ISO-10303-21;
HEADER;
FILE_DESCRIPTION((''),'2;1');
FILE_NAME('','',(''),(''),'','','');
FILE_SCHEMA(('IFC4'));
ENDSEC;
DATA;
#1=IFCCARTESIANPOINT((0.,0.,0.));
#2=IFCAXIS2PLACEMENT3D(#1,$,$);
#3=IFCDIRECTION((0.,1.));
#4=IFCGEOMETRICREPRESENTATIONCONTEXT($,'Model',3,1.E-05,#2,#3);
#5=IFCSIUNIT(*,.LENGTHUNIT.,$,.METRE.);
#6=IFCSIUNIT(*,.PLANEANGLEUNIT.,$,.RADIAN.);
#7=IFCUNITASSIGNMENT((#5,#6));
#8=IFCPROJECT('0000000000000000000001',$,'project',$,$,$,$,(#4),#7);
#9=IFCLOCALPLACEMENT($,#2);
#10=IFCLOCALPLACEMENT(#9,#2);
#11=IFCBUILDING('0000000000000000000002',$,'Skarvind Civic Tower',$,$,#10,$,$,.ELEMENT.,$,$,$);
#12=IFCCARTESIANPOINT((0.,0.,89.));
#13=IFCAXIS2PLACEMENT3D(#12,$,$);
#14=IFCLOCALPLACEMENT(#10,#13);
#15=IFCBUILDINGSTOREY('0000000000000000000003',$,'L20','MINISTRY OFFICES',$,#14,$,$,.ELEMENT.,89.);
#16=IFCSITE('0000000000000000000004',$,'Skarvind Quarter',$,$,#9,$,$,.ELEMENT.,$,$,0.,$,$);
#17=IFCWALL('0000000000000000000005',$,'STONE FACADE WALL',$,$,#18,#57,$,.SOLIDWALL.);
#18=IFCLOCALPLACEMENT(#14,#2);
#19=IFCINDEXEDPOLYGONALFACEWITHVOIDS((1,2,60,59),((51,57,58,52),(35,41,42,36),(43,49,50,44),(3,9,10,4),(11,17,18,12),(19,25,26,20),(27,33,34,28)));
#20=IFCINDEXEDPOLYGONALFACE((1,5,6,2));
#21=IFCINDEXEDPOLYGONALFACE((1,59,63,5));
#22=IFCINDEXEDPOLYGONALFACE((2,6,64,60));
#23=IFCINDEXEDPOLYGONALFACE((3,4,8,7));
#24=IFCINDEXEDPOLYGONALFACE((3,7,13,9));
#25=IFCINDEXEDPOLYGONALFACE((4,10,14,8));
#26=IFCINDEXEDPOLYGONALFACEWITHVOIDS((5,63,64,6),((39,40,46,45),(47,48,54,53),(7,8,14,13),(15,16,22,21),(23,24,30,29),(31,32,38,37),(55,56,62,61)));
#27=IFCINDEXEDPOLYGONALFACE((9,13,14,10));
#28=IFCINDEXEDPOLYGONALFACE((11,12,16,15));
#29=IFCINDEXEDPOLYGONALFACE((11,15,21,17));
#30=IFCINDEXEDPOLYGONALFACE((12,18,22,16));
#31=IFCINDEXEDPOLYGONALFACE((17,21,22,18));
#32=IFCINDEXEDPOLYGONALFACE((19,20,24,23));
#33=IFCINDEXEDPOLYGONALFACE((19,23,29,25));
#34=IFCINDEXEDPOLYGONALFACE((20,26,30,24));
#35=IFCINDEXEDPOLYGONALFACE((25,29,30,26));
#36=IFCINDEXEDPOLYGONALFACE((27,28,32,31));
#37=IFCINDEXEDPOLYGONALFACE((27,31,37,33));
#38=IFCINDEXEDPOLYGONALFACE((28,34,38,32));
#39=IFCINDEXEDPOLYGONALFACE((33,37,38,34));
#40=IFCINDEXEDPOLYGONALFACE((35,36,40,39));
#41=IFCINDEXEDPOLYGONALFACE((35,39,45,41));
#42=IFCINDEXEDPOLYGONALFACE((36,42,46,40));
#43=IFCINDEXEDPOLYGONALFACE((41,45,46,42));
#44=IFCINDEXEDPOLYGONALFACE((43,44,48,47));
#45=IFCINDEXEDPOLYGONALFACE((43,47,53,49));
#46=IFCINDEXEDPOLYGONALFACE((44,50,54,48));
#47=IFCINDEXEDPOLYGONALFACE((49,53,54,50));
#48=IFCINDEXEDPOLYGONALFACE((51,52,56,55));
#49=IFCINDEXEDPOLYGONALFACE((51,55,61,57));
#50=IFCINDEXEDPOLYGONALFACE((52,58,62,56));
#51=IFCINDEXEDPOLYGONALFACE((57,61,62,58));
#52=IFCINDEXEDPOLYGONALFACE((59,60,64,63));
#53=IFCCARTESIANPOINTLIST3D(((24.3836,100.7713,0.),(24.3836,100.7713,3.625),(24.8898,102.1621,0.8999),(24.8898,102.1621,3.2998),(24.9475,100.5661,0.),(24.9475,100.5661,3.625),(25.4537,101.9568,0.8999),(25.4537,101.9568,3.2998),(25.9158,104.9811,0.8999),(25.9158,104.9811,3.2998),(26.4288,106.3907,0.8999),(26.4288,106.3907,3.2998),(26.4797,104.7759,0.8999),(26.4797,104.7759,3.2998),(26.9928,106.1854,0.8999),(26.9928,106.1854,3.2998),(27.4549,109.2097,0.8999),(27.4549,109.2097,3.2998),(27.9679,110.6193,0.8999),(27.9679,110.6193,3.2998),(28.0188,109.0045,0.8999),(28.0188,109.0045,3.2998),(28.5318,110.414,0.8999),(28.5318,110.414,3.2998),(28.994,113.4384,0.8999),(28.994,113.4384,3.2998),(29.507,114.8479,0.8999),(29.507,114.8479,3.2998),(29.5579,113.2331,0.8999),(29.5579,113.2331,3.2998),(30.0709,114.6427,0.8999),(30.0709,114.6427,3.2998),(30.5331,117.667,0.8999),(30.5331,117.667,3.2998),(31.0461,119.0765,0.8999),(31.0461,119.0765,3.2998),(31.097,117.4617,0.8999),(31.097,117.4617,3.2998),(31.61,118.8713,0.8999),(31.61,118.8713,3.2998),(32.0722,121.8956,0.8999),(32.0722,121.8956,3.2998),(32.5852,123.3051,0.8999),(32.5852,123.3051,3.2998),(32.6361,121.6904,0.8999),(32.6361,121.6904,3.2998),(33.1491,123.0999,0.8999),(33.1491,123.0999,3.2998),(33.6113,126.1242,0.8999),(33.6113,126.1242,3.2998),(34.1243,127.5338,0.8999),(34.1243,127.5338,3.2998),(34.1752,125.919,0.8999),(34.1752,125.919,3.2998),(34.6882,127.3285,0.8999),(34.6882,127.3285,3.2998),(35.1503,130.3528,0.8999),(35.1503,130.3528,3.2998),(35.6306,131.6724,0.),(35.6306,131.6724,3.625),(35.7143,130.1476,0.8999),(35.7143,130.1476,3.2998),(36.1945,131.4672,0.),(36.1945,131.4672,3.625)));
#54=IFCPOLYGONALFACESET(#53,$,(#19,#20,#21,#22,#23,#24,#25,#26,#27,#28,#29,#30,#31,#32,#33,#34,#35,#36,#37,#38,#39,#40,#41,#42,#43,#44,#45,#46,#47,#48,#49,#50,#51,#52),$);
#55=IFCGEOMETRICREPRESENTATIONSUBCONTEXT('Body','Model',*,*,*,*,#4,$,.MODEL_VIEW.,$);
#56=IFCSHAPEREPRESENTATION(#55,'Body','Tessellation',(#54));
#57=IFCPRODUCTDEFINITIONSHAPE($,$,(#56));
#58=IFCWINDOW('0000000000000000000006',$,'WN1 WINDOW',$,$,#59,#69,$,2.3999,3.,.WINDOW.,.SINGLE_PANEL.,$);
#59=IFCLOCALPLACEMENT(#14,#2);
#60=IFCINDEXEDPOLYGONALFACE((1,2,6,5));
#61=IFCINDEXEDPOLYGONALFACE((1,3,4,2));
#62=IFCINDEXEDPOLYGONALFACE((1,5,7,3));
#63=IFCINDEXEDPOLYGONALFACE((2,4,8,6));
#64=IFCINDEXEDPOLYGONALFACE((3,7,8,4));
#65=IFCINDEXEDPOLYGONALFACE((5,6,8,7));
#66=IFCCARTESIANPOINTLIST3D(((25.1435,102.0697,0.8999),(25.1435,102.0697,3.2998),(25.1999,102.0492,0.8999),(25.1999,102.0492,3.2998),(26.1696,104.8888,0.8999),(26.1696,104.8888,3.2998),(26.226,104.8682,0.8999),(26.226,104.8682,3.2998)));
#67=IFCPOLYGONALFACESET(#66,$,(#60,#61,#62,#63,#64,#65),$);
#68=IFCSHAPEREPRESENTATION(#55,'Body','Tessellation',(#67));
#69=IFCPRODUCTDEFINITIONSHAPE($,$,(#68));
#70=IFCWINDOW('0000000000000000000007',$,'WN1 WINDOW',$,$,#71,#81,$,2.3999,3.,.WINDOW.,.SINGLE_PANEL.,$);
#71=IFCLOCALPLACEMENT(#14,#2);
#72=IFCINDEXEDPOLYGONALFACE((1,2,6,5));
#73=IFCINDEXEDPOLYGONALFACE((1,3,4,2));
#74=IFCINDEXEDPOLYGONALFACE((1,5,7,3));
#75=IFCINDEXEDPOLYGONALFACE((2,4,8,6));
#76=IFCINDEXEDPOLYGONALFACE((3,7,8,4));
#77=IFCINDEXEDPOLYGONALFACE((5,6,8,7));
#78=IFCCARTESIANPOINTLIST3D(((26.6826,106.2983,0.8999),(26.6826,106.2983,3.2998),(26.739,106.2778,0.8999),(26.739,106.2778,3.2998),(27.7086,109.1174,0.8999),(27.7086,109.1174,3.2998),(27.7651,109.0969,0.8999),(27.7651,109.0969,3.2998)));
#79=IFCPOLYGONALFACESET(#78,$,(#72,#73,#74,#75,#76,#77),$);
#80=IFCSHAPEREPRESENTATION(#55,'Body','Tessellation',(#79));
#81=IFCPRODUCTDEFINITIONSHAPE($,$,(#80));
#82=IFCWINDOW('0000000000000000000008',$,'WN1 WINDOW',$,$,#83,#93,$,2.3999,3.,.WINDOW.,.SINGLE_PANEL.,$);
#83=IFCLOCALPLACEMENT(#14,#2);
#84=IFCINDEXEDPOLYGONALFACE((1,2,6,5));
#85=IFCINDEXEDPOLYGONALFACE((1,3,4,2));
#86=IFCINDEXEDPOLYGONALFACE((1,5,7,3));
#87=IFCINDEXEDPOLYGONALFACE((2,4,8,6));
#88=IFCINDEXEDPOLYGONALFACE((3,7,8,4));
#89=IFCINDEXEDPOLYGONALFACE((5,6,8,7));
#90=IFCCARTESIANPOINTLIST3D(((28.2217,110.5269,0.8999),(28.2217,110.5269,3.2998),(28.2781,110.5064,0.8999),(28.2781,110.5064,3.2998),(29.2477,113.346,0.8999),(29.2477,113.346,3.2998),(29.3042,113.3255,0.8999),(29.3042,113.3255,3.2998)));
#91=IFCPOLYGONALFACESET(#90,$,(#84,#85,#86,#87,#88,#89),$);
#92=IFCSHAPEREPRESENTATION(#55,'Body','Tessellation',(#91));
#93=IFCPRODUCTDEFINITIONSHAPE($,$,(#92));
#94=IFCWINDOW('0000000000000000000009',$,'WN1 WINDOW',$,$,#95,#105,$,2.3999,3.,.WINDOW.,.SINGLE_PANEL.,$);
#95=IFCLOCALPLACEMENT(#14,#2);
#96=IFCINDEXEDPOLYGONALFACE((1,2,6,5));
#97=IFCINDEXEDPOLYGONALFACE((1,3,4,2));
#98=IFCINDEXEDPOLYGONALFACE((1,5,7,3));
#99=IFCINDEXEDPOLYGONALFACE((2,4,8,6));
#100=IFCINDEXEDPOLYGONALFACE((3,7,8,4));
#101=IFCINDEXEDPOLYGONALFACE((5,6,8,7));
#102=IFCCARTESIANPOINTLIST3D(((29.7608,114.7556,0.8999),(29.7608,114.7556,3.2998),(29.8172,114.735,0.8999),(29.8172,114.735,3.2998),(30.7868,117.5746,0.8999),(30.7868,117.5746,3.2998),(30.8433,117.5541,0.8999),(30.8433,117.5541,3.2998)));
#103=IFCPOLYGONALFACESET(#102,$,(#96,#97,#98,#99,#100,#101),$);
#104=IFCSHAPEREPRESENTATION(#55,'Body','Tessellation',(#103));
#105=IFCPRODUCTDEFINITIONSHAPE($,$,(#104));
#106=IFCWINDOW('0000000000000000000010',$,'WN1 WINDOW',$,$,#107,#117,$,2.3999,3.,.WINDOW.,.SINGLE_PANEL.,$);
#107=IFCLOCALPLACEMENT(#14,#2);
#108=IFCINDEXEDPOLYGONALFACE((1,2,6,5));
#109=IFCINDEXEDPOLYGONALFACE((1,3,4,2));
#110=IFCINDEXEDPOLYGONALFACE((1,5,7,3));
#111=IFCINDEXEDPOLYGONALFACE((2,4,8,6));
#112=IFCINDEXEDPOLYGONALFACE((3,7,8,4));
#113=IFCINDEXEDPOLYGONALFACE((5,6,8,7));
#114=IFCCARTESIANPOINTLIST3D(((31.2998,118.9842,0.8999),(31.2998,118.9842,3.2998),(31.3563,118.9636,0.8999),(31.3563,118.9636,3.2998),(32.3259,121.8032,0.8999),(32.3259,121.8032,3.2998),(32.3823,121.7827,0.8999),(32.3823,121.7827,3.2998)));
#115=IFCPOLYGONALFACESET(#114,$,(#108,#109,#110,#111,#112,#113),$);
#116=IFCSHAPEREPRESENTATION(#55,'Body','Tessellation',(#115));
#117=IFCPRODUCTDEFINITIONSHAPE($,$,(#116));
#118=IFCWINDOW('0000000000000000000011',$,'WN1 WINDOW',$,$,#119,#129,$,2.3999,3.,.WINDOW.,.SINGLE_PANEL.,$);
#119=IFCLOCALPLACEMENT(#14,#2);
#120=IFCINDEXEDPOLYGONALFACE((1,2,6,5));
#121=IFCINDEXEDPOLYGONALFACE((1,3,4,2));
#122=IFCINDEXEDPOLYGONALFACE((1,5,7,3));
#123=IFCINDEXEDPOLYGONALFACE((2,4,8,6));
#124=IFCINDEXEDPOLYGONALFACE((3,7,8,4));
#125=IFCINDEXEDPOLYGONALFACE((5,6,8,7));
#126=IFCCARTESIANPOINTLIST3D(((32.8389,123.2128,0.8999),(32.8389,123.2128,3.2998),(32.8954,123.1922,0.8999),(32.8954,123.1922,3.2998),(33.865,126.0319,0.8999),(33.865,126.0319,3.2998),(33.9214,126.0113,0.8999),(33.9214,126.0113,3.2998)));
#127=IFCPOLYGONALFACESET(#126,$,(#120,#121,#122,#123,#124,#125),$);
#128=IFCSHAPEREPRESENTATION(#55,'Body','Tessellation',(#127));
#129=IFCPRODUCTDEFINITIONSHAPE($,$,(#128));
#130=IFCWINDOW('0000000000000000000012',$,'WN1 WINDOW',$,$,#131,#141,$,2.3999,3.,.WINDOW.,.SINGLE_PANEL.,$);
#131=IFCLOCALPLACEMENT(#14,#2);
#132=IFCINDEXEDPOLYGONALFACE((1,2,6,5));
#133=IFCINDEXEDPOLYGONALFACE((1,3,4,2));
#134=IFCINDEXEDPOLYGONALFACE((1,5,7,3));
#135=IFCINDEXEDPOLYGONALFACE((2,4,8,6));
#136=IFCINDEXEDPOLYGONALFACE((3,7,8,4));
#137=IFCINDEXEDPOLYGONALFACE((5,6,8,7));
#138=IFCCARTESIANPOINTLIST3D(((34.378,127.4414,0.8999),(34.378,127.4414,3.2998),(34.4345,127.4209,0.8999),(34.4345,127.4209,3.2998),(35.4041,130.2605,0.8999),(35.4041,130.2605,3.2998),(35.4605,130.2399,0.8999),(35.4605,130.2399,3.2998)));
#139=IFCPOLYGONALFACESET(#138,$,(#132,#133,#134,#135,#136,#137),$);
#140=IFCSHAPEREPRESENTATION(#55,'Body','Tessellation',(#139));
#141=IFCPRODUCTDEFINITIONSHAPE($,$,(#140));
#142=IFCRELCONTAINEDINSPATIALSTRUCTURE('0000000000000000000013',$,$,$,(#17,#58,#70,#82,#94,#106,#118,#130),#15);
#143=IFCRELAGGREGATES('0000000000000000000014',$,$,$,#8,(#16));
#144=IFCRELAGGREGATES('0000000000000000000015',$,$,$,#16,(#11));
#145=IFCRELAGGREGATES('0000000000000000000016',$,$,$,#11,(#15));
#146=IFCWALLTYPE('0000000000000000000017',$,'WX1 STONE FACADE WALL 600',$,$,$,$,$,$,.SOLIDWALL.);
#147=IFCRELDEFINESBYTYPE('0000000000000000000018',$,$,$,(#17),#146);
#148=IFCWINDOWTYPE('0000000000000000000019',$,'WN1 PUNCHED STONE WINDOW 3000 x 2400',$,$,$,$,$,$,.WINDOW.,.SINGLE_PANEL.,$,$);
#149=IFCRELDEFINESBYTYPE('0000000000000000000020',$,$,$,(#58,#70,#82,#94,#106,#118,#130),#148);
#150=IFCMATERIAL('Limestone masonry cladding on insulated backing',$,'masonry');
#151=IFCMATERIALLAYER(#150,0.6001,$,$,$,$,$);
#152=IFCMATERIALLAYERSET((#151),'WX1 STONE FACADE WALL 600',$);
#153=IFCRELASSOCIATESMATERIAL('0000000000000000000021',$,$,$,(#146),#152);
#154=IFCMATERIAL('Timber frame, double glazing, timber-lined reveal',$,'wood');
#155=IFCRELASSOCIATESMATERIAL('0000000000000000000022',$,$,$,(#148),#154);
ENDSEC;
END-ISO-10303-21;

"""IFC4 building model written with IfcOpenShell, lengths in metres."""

from ifc_helpers import new_model, si_unit, direction, frame, frame_2d, origin, place, context, subcontext, project, spatial, rectangle, extrude, material, layer, layer_set, type_object, element, fill, save


model = new_model("IFC4")

# Units and contexts
model_context = context("Model", 3, precision=1e-05, world=origin(), true_north=direction((0.0, 1.0)))
body_context = subcontext(model_context, "Body", "Model", "MODEL_VIEW")
ifc_project = project(units=[si_unit("LENGTHUNIT", "METRE"), si_unit("PLANEANGLEUNIT", "RADIAN")], contexts=[model_context])

# Site, building, storey
site_placement = place(None, origin())
site = spatial("IfcSite", under=ifc_project, at=site_placement, Name="Skarvind Quarter", CompositionType="ELEMENT", RefElevation=0.0)
building_placement = place(site_placement, origin())
building = spatial("IfcBuilding", under=site, at=building_placement, Name="Skarvind Civic Tower", CompositionType="ELEMENT")
storey_placement = place(building_placement, frame((0.0, 0.0, 89.0)))
storey = spatial("IfcBuildingStorey", under=building, at=storey_placement, Name="L20", Description="MINISTRY OFFICES", CompositionType="ELEMENT", Elevation=89.0)

# Wall, openings, windows
ifc_material_1 = material(Name="Limestone masonry cladding on insulated backing", Category="masonry")
ifc_layer_1 = layer(ifc_material_1, 0.6001)
ifc_layer_set_1 = layer_set([ifc_layer_1], Name="WX1 STONE FACADE WALL 600")
wall_type_1 = type_object("IfcWallType", Name="WX1 STONE FACADE WALL 600", PredefinedType="SOLIDWALL", material=ifc_layer_set_1)
wall_1_placement = place(storey_placement, frame((24.6655, 100.6687, 0.0), z_axis=(0.0, 0.0, 1.0), x_axis=(0.34202, 0.939693, 0.0)))
wall_1 = element("IfcWall", 1, at=wall_1_placement, inside=storey, type_object=wall_type_1, Name="STONE FACADE WALL", PredefinedType="SOLIDWALL", context=body_context, shape_type="SweptSolid", body=[
    extrude(rectangle(XDim=32.8843, YDim=0.6001, at=frame_2d((16.4421, 0.0))), origin(), (0.0, 0.0, 1.0), 3.625),
])
opening_1_placement = place(wall_1_placement, frame((1.48, 0.0, 0.8999)))
opening_1 = element("IfcOpeningElement", 2, at=opening_1_placement, cuts=wall_1, PredefinedType="OPENING", context=body_context, shape_type="SweptSolid", body=[
    extrude(rectangle(XDim=3.0, YDim=2.3999, at=frame_2d((1.5, 1.2))), frame((0.0, 0.3101, 0.0), z_axis=(0.0, -1.0, 0.0), x_axis=(1.0, 0.0, 0.0)), (0.0, 0.0, 1.0), 0.6201),
])
opening_2_placement = place(wall_1_placement, frame((5.98, 0.0, 0.8999)))
opening_2 = element("IfcOpeningElement", 3, at=opening_2_placement, cuts=wall_1, PredefinedType="OPENING", context=body_context, shape_type="SweptSolid", body=[
    extrude(rectangle(XDim=3.0, YDim=2.3999, at=frame_2d((1.5, 1.2))), frame((0.0, 0.3101, 0.0), z_axis=(0.0, -1.0, 0.0), x_axis=(1.0, 0.0, 0.0)), (0.0, 0.0, 1.0), 0.6201),
])
opening_3_placement = place(wall_1_placement, frame((10.48, 0.0, 0.8999)))
opening_3 = element("IfcOpeningElement", 4, at=opening_3_placement, cuts=wall_1, PredefinedType="OPENING", context=body_context, shape_type="SweptSolid", body=[
    extrude(rectangle(XDim=3.0, YDim=2.3999, at=frame_2d((1.5, 1.2))), frame((0.0, 0.3101, 0.0), z_axis=(0.0, -1.0, 0.0), x_axis=(1.0, 0.0, 0.0)), (0.0, 0.0, 1.0), 0.6201),
])
opening_4_placement = place(wall_1_placement, frame((14.98, 0.0, 0.8999)))
opening_4 = element("IfcOpeningElement", 5, at=opening_4_placement, cuts=wall_1, PredefinedType="OPENING", context=body_context, shape_type="SweptSolid", body=[
    extrude(rectangle(XDim=3.0, YDim=2.3999, at=frame_2d((1.5, 1.2))), frame((0.0, 0.3101, 0.0), z_axis=(0.0, -1.0, 0.0), x_axis=(1.0, 0.0, 0.0)), (0.0, 0.0, 1.0), 0.6201),
])
opening_5_placement = place(wall_1_placement, frame((19.48, 0.0, 0.8999)))
opening_5 = element("IfcOpeningElement", 6, at=opening_5_placement, cuts=wall_1, PredefinedType="OPENING", context=body_context, shape_type="SweptSolid", body=[
    extrude(rectangle(XDim=3.0, YDim=2.3999, at=frame_2d((1.5, 1.2))), frame((0.0, 0.3101, 0.0), z_axis=(0.0, -1.0, 0.0), x_axis=(1.0, 0.0, 0.0)), (0.0, 0.0, 1.0), 0.6201),
])
opening_6_placement = place(wall_1_placement, frame((23.98, 0.0, 0.8999)))
opening_6 = element("IfcOpeningElement", 7, at=opening_6_placement, cuts=wall_1, PredefinedType="OPENING", context=body_context, shape_type="SweptSolid", body=[
    extrude(rectangle(XDim=3.0, YDim=2.3999, at=frame_2d((1.5, 1.2))), frame((0.0, 0.3101, 0.0), z_axis=(0.0, -1.0, 0.0), x_axis=(1.0, 0.0, 0.0)), (0.0, 0.0, 1.0), 0.6201),
])
opening_7_placement = place(wall_1_placement, frame((28.48, 0.0, 0.8999)))
opening_7 = element("IfcOpeningElement", 8, at=opening_7_placement, cuts=wall_1, PredefinedType="OPENING", context=body_context, shape_type="SweptSolid", body=[
    extrude(rectangle(XDim=3.0, YDim=2.3999, at=frame_2d((1.5, 1.2))), frame((0.0, 0.3101, 0.0), z_axis=(0.0, -1.0, 0.0), x_axis=(1.0, 0.0, 0.0)), (0.0, 0.0, 1.0), 0.6201),
])
ifc_material_2 = material(Name="Timber frame, double glazing, timber-lined reveal", Category="wood")
window_type = type_object("IfcWindowType", Name="WN1 PUNCHED STONE WINDOW 3000 x 2400", PartitioningType="SINGLE_PANEL", PredefinedType="WINDOW", material=ifc_material_2)
window_1_placement = place(opening_1_placement, origin())
window_1 = element("IfcWindow", 9, at=window_1_placement, inside=storey, type_object=window_type, Name="WN1 WINDOW", OverallHeight=2.3999, OverallWidth=3.0, PartitioningType="SINGLE_PANEL", PredefinedType="WINDOW", context=body_context, shape_type="SweptSolid", body=[
    extrude(rectangle(XDim=3.0, YDim=2.3999, at=frame_2d((1.5, 1.2))), frame((0.0, 0.03, 0.0), z_axis=(0.0, -1.0, 0.0), x_axis=(1.0, 0.0, 0.0)), (0.0, 0.0, 1.0), 0.0601),
])
fill(opening_1, window_1)
window_2_placement = place(opening_2_placement, origin())
window_2 = element("IfcWindow", 10, at=window_2_placement, inside=storey, type_object=window_type, Name="WN1 WINDOW", OverallHeight=2.3999, OverallWidth=3.0, PartitioningType="SINGLE_PANEL", PredefinedType="WINDOW", context=body_context, shape_type="SweptSolid", body=[
    extrude(rectangle(XDim=3.0, YDim=2.3999, at=frame_2d((1.5, 1.2))), frame((0.0, 0.03, 0.0), z_axis=(0.0, -1.0, 0.0), x_axis=(1.0, 0.0, 0.0)), (0.0, 0.0, 1.0), 0.0601),
])
fill(opening_2, window_2)
window_3_placement = place(opening_3_placement, origin())
window_3 = element("IfcWindow", 11, at=window_3_placement, inside=storey, type_object=window_type, Name="WN1 WINDOW", OverallHeight=2.3999, OverallWidth=3.0, PartitioningType="SINGLE_PANEL", PredefinedType="WINDOW", context=body_context, shape_type="SweptSolid", body=[
    extrude(rectangle(XDim=3.0, YDim=2.3999, at=frame_2d((1.5, 1.2))), frame((0.0, 0.03, 0.0), z_axis=(0.0, -1.0, 0.0), x_axis=(1.0, 0.0, 0.0)), (0.0, 0.0, 1.0), 0.0601),
])
fill(opening_3, window_3)
window_4_placement = place(opening_4_placement, origin())
window_4 = element("IfcWindow", 12, at=window_4_placement, inside=storey, type_object=window_type, Name="WN1 WINDOW", OverallHeight=2.3999, OverallWidth=3.0, PartitioningType="SINGLE_PANEL", PredefinedType="WINDOW", context=body_context, shape_type="SweptSolid", body=[
    extrude(rectangle(XDim=3.0, YDim=2.3999, at=frame_2d((1.5, 1.2))), frame((0.0, 0.03, 0.0), z_axis=(0.0, -1.0, 0.0), x_axis=(1.0, 0.0, 0.0)), (0.0, 0.0, 1.0), 0.0601),
])
fill(opening_4, window_4)
window_5_placement = place(opening_5_placement, origin())
window_5 = element("IfcWindow", 13, at=window_5_placement, inside=storey, type_object=window_type, Name="WN1 WINDOW", OverallHeight=2.3999, OverallWidth=3.0, PartitioningType="SINGLE_PANEL", PredefinedType="WINDOW", context=body_context, shape_type="SweptSolid", body=[
    extrude(rectangle(XDim=3.0, YDim=2.3999, at=frame_2d((1.5, 1.2))), frame((0.0, 0.03, 0.0), z_axis=(0.0, -1.0, 0.0), x_axis=(1.0, 0.0, 0.0)), (0.0, 0.0, 1.0), 0.0601),
])
fill(opening_5, window_5)
window_6_placement = place(opening_6_placement, origin())
window_6 = element("IfcWindow", 14, at=window_6_placement, inside=storey, type_object=window_type, Name="WN1 WINDOW", OverallHeight=2.3999, OverallWidth=3.0, PartitioningType="SINGLE_PANEL", PredefinedType="WINDOW", context=body_context, shape_type="SweptSolid", body=[
    extrude(rectangle(XDim=3.0, YDim=2.3999, at=frame_2d((1.5, 1.2))), frame((0.0, 0.03, 0.0), z_axis=(0.0, -1.0, 0.0), x_axis=(1.0, 0.0, 0.0)), (0.0, 0.0, 1.0), 0.0601),
])
fill(opening_6, window_6)
window_7_placement = place(opening_7_placement, origin())
window_7 = element("IfcWindow", 15, at=window_7_placement, inside=storey, type_object=window_type, Name="WN1 WINDOW", OverallHeight=2.3999, OverallWidth=3.0, PartitioningType="SINGLE_PANEL", PredefinedType="WINDOW", context=body_context, shape_type="SweptSolid", body=[
    extrude(rectangle(XDim=3.0, YDim=2.3999, at=frame_2d((1.5, 1.2))), frame((0.0, 0.03, 0.0), z_axis=(0.0, -1.0, 0.0), x_axis=(1.0, 0.0, 0.0)), (0.0, 0.0, 1.0), 0.0601),
])
fill(opening_7, window_7)

save(model, "model.ifc")
